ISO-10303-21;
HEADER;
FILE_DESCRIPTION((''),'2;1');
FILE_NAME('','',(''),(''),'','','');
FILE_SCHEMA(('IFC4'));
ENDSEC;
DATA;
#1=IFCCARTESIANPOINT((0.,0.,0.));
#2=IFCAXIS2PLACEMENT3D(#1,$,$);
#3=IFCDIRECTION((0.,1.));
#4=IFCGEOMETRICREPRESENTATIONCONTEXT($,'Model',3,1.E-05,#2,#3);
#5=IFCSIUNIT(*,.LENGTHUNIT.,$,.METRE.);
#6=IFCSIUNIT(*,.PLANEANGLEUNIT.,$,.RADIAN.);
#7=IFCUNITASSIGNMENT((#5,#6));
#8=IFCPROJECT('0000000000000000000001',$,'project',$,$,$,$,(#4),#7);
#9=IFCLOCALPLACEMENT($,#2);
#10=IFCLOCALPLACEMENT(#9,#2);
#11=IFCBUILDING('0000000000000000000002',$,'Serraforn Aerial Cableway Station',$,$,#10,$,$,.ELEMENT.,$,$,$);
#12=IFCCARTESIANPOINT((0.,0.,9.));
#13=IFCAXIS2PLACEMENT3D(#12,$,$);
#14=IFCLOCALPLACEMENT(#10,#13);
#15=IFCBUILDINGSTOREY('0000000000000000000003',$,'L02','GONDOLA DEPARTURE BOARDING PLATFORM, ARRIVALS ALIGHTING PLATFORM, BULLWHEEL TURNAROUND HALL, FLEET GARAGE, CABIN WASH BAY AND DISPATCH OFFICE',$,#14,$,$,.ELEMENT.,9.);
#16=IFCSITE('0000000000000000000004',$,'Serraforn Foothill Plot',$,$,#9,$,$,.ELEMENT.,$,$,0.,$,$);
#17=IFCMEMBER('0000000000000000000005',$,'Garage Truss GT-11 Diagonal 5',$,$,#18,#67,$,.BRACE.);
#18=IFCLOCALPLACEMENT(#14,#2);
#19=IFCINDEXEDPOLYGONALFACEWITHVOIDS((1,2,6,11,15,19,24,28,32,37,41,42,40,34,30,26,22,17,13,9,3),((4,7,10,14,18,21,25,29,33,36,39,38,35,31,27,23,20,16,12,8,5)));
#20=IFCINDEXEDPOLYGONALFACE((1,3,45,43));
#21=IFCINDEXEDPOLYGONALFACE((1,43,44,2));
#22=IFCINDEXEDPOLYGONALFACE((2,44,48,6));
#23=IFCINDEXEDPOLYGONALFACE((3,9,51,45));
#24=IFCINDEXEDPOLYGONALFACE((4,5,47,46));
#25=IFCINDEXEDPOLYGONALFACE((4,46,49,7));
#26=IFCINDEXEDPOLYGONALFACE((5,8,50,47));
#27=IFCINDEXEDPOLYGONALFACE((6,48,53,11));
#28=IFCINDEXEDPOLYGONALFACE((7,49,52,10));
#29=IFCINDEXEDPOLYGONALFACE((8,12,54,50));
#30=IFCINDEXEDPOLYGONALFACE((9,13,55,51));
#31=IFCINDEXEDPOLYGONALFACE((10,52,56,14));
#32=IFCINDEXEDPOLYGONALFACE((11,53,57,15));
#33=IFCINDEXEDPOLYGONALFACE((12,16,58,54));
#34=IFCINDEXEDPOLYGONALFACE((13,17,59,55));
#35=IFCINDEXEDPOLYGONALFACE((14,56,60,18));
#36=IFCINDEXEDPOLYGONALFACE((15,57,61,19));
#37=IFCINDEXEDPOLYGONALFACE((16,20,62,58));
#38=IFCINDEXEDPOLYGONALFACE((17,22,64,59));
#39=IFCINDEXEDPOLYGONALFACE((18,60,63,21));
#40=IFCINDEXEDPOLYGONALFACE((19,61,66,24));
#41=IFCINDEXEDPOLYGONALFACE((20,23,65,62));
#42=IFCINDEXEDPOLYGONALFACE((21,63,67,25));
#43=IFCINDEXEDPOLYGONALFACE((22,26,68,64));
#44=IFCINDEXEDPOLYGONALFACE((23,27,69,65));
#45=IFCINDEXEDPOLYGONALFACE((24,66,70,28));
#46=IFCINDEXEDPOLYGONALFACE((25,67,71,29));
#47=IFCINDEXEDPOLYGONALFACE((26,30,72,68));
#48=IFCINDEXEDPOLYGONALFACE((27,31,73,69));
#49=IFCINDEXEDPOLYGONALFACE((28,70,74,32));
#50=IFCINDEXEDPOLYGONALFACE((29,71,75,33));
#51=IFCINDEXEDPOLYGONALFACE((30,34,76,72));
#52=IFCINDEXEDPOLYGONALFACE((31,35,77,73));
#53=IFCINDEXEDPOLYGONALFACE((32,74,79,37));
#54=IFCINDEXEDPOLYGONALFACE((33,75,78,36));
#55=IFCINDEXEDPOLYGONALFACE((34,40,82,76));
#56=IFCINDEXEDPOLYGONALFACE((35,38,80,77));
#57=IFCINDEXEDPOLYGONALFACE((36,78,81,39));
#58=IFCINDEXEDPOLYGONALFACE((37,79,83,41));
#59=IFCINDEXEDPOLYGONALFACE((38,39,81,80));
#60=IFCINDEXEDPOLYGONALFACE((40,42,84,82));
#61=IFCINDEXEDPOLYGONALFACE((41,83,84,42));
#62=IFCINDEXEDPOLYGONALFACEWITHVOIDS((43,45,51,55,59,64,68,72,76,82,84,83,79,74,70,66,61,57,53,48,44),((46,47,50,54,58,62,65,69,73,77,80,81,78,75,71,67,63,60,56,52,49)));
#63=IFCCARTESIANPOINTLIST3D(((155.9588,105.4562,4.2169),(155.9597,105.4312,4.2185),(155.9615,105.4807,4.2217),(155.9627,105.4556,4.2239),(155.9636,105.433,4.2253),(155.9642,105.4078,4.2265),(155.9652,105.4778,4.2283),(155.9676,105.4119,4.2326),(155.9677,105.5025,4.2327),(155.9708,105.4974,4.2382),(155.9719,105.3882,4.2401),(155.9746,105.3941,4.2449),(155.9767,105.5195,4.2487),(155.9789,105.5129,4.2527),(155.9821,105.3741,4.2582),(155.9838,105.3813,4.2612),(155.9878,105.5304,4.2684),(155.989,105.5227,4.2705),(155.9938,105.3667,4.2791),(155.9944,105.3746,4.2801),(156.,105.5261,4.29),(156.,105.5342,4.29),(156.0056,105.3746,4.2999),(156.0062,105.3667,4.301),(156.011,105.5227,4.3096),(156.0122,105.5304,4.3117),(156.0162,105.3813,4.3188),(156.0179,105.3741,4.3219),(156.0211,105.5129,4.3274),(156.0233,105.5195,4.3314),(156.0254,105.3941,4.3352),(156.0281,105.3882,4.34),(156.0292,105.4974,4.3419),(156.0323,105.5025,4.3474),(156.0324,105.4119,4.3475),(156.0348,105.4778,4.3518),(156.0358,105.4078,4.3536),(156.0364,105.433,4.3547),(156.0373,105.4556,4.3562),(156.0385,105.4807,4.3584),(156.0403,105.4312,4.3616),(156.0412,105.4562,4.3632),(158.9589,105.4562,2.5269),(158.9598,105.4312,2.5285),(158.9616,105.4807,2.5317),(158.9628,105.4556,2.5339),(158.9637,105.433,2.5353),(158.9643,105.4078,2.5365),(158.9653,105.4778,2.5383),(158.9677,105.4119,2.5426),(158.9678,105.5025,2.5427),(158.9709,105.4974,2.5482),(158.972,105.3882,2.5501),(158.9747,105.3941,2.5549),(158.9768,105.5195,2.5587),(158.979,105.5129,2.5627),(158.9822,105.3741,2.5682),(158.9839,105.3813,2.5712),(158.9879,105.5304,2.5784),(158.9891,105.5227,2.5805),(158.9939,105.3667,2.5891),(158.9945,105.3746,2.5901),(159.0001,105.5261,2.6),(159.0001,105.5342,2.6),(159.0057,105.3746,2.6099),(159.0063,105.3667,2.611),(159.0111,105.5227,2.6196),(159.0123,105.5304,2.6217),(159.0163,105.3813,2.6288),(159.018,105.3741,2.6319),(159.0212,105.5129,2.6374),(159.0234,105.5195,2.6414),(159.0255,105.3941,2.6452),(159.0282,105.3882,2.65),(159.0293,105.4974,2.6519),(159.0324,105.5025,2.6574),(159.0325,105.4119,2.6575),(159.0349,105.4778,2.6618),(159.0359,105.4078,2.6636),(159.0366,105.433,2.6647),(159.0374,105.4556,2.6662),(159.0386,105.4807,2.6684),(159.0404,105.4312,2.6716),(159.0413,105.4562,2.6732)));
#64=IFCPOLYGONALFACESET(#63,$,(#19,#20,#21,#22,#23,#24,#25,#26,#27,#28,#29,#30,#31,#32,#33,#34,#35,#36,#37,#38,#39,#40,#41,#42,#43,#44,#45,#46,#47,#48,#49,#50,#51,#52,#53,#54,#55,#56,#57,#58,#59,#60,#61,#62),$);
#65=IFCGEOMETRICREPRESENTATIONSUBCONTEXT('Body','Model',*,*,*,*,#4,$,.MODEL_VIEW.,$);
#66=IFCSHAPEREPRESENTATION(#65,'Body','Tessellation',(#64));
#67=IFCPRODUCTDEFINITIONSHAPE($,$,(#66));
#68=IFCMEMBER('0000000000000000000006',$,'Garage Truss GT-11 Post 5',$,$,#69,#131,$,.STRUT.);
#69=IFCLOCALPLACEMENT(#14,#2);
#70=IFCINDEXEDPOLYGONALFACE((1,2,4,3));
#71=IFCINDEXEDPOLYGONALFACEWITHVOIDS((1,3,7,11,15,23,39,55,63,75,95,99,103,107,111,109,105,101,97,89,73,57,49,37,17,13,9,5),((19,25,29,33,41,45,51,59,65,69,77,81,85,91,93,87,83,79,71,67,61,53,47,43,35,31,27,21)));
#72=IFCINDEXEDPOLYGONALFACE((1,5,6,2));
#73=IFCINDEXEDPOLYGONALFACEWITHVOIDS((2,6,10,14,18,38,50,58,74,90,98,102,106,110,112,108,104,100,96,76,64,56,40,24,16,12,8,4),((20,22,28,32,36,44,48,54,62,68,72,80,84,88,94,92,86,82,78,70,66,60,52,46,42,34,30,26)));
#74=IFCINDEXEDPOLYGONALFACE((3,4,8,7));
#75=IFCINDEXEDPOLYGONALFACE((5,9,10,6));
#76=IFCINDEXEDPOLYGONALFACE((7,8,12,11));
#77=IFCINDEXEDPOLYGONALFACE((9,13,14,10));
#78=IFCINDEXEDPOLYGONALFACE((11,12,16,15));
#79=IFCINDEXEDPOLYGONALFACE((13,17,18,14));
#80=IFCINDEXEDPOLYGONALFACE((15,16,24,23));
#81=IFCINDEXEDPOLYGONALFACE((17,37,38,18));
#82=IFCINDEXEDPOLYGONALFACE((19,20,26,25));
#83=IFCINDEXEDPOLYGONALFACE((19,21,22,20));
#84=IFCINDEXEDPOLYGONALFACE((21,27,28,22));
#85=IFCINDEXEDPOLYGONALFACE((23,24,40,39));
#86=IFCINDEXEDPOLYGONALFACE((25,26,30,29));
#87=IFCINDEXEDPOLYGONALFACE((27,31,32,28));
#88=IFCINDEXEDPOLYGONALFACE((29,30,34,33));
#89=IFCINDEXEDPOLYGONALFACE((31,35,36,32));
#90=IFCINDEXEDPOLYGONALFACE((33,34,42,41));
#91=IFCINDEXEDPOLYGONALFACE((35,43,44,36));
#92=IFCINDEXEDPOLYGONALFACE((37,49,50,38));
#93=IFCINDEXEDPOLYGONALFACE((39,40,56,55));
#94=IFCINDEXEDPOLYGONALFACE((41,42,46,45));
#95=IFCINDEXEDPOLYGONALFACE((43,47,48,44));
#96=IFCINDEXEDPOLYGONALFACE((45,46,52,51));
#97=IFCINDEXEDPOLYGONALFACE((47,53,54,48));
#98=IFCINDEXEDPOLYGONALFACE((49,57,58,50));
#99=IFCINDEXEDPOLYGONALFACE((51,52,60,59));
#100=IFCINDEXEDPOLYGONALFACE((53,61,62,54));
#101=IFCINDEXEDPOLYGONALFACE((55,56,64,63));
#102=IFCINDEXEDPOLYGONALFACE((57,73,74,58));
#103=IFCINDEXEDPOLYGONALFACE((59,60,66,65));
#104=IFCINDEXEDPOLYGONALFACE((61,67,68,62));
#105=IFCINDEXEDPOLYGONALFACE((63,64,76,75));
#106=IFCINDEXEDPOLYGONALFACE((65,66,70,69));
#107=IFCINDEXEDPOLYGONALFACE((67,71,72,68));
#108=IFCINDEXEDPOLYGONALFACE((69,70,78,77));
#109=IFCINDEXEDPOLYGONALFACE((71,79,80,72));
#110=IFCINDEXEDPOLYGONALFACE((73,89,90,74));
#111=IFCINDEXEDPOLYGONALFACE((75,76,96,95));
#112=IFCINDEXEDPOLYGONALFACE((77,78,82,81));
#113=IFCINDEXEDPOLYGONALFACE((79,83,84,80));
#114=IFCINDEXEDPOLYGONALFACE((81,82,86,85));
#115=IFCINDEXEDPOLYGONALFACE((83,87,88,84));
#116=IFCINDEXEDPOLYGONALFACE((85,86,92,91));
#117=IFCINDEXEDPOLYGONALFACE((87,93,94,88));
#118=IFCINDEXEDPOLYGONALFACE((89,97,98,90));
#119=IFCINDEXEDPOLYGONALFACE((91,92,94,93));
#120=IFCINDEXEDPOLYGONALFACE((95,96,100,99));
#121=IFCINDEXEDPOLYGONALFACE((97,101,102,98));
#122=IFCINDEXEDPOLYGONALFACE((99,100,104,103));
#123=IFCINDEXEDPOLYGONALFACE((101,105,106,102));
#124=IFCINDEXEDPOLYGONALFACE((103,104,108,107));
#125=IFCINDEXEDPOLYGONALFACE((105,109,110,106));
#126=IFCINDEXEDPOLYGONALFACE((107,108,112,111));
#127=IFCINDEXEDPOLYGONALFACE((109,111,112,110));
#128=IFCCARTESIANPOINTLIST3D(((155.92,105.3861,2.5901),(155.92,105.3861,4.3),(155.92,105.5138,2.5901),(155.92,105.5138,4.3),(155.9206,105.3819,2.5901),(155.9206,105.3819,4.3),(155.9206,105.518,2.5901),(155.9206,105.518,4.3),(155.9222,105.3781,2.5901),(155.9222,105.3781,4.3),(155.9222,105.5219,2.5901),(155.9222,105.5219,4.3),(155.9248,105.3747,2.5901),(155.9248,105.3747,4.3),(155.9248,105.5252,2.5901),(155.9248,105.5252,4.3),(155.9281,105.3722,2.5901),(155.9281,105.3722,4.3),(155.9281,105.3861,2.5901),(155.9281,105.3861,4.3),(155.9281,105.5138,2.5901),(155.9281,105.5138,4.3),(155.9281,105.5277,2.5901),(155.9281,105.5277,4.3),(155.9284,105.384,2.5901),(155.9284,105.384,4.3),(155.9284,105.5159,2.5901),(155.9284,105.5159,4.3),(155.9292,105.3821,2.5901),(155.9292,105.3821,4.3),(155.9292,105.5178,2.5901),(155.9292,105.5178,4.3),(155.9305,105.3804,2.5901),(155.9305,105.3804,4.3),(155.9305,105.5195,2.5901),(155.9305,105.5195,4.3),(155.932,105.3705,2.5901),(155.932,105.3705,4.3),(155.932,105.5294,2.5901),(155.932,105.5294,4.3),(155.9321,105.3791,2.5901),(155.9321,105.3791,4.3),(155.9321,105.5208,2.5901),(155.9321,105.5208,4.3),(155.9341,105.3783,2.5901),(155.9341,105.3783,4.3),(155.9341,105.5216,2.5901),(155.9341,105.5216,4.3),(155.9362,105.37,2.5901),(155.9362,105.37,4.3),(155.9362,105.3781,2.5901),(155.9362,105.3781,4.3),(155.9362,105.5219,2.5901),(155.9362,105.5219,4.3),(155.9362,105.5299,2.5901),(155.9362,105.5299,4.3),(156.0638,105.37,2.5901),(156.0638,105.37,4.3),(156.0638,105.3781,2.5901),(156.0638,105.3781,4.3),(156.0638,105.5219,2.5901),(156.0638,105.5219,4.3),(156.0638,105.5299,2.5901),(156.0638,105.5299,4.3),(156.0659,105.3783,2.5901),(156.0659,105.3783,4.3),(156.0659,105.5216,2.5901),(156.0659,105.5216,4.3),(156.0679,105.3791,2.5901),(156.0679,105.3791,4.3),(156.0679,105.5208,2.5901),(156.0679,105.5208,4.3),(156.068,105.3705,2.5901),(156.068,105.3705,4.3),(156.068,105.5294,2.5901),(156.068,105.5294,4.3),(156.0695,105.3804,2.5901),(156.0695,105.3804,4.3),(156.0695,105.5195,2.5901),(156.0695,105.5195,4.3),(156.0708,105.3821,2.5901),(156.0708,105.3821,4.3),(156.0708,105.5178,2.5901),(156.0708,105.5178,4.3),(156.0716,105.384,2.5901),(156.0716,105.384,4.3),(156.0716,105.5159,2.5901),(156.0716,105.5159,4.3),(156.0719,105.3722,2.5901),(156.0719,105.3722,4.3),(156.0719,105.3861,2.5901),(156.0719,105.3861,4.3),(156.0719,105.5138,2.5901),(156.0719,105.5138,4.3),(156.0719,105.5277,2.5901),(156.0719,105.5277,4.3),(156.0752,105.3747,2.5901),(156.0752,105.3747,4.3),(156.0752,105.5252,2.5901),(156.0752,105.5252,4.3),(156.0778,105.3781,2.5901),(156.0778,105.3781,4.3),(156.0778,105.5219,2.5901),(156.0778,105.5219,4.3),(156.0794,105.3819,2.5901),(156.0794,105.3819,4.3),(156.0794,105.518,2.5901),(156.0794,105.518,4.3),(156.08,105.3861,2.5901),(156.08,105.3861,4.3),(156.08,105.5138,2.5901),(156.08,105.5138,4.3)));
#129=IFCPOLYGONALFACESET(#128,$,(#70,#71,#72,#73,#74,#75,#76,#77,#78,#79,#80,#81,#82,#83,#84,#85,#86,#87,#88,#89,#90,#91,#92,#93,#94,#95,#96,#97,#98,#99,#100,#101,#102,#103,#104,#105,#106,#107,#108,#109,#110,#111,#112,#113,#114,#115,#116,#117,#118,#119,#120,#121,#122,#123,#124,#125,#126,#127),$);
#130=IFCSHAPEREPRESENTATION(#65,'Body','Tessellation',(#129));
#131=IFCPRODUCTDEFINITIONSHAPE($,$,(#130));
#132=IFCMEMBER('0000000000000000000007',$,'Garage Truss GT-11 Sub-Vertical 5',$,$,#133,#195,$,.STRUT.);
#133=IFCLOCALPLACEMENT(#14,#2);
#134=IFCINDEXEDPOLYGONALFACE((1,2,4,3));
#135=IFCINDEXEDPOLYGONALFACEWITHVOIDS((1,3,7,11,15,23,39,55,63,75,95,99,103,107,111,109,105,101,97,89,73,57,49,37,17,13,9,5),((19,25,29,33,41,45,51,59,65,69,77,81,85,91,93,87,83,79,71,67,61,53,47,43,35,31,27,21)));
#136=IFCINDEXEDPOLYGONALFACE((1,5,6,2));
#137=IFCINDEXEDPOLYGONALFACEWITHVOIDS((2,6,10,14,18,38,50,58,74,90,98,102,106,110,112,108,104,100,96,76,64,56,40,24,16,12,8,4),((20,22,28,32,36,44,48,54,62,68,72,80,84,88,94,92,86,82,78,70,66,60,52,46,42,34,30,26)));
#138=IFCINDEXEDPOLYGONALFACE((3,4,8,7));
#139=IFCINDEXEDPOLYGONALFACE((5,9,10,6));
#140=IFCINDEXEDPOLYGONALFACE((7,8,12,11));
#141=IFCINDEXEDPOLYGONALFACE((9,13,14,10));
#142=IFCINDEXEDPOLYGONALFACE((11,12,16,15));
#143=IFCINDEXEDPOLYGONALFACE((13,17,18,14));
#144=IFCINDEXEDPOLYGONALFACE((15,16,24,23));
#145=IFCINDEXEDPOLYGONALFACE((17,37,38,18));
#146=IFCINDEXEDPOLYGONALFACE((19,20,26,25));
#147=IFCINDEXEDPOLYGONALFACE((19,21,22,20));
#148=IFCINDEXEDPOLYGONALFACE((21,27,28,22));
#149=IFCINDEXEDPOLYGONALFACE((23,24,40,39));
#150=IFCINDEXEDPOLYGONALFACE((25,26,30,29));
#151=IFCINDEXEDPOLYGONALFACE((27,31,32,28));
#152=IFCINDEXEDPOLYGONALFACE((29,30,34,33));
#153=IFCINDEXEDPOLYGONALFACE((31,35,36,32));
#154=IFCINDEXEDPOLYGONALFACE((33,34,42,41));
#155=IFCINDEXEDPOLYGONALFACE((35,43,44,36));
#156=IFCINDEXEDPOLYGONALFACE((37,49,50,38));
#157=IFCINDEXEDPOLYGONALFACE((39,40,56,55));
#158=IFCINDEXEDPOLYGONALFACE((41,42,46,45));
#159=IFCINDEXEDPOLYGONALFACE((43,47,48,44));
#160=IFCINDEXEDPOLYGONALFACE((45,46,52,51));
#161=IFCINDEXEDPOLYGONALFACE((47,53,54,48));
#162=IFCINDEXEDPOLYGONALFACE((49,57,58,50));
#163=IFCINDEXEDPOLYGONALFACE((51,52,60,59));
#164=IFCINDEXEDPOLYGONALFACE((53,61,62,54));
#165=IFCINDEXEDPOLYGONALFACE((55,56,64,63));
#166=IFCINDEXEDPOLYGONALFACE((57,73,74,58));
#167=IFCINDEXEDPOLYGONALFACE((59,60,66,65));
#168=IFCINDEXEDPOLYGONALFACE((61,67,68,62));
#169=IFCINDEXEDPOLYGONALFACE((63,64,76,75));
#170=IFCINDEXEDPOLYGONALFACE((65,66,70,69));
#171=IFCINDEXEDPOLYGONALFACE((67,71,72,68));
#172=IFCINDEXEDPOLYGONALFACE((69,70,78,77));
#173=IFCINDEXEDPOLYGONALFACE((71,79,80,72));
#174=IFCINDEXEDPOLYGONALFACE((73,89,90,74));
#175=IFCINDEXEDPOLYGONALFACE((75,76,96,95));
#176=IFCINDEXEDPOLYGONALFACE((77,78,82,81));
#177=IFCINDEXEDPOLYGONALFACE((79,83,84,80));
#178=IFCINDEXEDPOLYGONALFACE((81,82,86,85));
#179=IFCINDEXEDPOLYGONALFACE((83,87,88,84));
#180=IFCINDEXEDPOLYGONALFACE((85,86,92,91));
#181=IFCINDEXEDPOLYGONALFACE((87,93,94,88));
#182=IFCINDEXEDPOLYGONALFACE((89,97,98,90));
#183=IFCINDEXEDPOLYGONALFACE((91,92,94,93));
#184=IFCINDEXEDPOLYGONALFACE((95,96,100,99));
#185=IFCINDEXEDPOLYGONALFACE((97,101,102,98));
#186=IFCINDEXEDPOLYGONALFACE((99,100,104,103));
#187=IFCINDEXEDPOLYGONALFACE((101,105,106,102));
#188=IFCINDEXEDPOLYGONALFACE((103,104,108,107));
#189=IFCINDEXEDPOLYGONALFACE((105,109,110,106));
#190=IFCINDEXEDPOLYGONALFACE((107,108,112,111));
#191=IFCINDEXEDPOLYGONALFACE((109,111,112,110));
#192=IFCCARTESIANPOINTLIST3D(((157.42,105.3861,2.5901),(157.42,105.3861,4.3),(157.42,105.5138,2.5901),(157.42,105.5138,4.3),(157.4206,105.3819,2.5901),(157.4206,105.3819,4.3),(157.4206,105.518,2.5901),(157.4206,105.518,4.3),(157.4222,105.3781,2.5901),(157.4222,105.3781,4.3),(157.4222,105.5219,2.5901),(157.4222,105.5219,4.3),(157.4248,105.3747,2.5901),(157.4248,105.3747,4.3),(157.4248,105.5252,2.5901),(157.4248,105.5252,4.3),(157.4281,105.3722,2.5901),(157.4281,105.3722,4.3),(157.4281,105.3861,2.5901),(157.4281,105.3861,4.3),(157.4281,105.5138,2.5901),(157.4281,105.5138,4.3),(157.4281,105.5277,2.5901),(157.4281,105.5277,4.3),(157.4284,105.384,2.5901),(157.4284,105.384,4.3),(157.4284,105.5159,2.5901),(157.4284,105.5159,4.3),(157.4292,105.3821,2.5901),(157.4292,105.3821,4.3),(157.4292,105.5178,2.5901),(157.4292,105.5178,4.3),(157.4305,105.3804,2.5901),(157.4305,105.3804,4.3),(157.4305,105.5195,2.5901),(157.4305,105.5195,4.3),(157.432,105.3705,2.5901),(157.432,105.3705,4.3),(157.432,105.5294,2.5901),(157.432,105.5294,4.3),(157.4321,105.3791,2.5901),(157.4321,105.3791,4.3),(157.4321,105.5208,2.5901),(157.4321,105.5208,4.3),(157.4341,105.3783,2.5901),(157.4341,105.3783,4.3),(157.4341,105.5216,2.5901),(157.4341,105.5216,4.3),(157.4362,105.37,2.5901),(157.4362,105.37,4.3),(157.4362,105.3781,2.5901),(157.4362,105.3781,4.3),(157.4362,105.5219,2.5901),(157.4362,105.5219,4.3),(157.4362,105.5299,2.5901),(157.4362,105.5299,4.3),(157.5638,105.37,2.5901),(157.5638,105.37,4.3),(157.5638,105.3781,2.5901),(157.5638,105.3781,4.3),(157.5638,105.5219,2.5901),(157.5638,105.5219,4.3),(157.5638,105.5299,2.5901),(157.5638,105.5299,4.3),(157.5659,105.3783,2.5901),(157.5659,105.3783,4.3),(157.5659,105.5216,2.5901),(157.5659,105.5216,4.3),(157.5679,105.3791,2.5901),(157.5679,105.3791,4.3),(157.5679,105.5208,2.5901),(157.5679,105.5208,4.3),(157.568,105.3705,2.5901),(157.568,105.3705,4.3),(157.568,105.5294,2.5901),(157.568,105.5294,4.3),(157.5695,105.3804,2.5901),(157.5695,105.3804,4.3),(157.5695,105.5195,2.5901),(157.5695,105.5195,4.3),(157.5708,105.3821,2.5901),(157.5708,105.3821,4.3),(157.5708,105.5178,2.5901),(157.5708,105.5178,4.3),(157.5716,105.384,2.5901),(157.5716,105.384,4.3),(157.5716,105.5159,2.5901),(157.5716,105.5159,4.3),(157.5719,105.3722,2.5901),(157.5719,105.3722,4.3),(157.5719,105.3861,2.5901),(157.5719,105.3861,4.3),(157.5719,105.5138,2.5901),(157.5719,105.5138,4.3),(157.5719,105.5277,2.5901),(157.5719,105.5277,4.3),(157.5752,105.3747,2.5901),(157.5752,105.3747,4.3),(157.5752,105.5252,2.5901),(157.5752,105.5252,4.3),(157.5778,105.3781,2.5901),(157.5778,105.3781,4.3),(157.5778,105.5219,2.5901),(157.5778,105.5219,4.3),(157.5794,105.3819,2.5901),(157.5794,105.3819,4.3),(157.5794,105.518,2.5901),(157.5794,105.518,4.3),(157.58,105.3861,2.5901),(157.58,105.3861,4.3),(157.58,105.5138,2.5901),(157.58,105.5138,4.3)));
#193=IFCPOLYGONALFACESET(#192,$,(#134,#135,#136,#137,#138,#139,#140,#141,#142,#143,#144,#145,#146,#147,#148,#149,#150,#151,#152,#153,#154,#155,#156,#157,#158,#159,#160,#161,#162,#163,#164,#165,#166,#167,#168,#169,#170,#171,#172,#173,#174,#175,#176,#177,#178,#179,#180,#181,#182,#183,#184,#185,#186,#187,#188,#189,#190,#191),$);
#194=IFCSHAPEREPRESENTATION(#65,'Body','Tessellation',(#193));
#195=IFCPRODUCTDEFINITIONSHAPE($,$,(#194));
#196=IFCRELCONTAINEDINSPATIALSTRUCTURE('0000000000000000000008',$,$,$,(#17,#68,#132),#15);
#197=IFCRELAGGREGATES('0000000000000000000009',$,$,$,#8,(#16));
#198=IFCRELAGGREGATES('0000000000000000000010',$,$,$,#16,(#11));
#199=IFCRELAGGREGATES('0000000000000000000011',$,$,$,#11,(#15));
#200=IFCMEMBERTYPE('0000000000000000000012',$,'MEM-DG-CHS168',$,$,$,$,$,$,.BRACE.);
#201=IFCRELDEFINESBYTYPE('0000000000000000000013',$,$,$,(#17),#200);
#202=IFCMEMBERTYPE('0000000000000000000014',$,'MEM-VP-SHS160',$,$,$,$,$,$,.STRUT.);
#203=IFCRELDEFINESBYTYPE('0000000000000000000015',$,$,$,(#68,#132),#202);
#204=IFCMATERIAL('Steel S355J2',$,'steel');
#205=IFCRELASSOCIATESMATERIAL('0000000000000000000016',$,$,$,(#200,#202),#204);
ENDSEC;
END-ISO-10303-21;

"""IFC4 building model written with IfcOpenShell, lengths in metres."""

from ifc_helpers import new_model, si_unit, direction, frame, origin, origin_2d, place, context, subcontext, project, spatial, hollow_rectangle, hollow_circle, extrude, material, material_profile, profile_set, type_object, element, save


model = new_model("IFC4")

# Units and contexts
model_context = context("Model", 3, precision=1e-05, world=origin(), true_north=direction((0.0, 1.0)))
body_context = subcontext(model_context, "Body", "Model", "MODEL_VIEW")
ifc_project = project(units=[si_unit("LENGTHUNIT", "METRE"), si_unit("PLANEANGLEUNIT", "RADIAN")], contexts=[model_context])

# Site, building, storey
site_placement = place(None, origin())
site = spatial("IfcSite", under=ifc_project, at=site_placement, Name="Serraforn Foothill Plot", CompositionType="ELEMENT", RefElevation=0.0)
building_placement = place(site_placement, origin())
building = spatial("IfcBuilding", under=site, at=building_placement, Name="Serraforn Aerial Cableway Station", CompositionType="ELEMENT")
storey_placement = place(building_placement, frame((0.0, 0.0, 9.0)))
storey = spatial("IfcBuildingStorey", under=building, at=storey_placement, Name="L02", Description="GONDOLA DEPARTURE BOARDING PLATFORM, ARRIVALS ALIGHTING PLATFORM, BULLWHEEL TURNAROUND HALL, FLEET GARAGE, CABIN WASH BAY AND DISPATCH OFFICE", CompositionType="ELEMENT", Elevation=9.0)

# Members
ifc_material_1 = material(Name="Steel S355J2", Category="steel")
ifc_material_profile_1 = material_profile(ifc_material_1, hollow_circle(Radius=0.0842, WallThickness=0.0081, at=origin_2d()), Name="CHS 168.3x8.0")
ifc_profile_set_1 = profile_set([ifc_material_profile_1], Name="Steel S355J2")
member_type_1 = type_object("IfcMemberType", Name="MEM-DG-CHS168", PredefinedType="BRACE", material=ifc_profile_set_1)
member_1_placement = place(storey_placement, frame((156.0, 105.45, 4.29), z_axis=(0.871272, 0.0, -0.4908), x_axis=(0.0, 1.0, 0.0)))
element("IfcMember", 1, at=member_1_placement, inside=storey, type_object=member_type_1, Name="Garage Truss GT-11 Diagonal 5", PredefinedType="BRACE", context=body_context, shape_type="SweptSolid", body=[
    extrude(hollow_circle(Radius=0.0842, WallThickness=0.0081, at=origin_2d()), origin(), (0.0, 0.0, 1.0), 3.4434),
])
ifc_material_profile_2 = material_profile(ifc_material_1, hollow_rectangle(XDim=0.1599, YDim=0.1599, WallThickness=0.0081, InnerFilletRadius=0.0081, OuterFilletRadius=0.0161, at=origin_2d()), Name="SHS 160x160x8.0")
ifc_profile_set_2 = profile_set([ifc_material_profile_2], Name="Steel S355J2")
member_type_2 = type_object("IfcMemberType", Name="MEM-VP-SHS160", PredefinedType="STRUT", material=ifc_profile_set_2)
for number, where, z_axis, x_axis, name in (
    (2, (156.0, 105.45, 2.5901), (0.0, 0.0, 1.0), (1.0, 0.0, 0.0), "Garage Truss GT-11 Post 5"),
    (3, (157.5, 105.45, 2.5901), (0.0, 0.0, 1.0), (1.0, 0.0, 0.0), "Garage Truss GT-11 Sub-Vertical 5"),
):
    element("IfcMember", number, at=place(storey_placement, frame(where, z_axis=z_axis, x_axis=x_axis)), inside=storey, type_object=member_type_2, Name=name, PredefinedType="STRUT", context=body_context, shape_type="SweptSolid", body=[
        extrude(hollow_rectangle(XDim=0.1599, YDim=0.1599, WallThickness=0.0081, InnerFilletRadius=0.0081, OuterFilletRadius=0.0161, at=origin_2d()), origin(), (0.0, 0.0, 1.0), 1.71),
    ])

save(model, "model.ifc")
